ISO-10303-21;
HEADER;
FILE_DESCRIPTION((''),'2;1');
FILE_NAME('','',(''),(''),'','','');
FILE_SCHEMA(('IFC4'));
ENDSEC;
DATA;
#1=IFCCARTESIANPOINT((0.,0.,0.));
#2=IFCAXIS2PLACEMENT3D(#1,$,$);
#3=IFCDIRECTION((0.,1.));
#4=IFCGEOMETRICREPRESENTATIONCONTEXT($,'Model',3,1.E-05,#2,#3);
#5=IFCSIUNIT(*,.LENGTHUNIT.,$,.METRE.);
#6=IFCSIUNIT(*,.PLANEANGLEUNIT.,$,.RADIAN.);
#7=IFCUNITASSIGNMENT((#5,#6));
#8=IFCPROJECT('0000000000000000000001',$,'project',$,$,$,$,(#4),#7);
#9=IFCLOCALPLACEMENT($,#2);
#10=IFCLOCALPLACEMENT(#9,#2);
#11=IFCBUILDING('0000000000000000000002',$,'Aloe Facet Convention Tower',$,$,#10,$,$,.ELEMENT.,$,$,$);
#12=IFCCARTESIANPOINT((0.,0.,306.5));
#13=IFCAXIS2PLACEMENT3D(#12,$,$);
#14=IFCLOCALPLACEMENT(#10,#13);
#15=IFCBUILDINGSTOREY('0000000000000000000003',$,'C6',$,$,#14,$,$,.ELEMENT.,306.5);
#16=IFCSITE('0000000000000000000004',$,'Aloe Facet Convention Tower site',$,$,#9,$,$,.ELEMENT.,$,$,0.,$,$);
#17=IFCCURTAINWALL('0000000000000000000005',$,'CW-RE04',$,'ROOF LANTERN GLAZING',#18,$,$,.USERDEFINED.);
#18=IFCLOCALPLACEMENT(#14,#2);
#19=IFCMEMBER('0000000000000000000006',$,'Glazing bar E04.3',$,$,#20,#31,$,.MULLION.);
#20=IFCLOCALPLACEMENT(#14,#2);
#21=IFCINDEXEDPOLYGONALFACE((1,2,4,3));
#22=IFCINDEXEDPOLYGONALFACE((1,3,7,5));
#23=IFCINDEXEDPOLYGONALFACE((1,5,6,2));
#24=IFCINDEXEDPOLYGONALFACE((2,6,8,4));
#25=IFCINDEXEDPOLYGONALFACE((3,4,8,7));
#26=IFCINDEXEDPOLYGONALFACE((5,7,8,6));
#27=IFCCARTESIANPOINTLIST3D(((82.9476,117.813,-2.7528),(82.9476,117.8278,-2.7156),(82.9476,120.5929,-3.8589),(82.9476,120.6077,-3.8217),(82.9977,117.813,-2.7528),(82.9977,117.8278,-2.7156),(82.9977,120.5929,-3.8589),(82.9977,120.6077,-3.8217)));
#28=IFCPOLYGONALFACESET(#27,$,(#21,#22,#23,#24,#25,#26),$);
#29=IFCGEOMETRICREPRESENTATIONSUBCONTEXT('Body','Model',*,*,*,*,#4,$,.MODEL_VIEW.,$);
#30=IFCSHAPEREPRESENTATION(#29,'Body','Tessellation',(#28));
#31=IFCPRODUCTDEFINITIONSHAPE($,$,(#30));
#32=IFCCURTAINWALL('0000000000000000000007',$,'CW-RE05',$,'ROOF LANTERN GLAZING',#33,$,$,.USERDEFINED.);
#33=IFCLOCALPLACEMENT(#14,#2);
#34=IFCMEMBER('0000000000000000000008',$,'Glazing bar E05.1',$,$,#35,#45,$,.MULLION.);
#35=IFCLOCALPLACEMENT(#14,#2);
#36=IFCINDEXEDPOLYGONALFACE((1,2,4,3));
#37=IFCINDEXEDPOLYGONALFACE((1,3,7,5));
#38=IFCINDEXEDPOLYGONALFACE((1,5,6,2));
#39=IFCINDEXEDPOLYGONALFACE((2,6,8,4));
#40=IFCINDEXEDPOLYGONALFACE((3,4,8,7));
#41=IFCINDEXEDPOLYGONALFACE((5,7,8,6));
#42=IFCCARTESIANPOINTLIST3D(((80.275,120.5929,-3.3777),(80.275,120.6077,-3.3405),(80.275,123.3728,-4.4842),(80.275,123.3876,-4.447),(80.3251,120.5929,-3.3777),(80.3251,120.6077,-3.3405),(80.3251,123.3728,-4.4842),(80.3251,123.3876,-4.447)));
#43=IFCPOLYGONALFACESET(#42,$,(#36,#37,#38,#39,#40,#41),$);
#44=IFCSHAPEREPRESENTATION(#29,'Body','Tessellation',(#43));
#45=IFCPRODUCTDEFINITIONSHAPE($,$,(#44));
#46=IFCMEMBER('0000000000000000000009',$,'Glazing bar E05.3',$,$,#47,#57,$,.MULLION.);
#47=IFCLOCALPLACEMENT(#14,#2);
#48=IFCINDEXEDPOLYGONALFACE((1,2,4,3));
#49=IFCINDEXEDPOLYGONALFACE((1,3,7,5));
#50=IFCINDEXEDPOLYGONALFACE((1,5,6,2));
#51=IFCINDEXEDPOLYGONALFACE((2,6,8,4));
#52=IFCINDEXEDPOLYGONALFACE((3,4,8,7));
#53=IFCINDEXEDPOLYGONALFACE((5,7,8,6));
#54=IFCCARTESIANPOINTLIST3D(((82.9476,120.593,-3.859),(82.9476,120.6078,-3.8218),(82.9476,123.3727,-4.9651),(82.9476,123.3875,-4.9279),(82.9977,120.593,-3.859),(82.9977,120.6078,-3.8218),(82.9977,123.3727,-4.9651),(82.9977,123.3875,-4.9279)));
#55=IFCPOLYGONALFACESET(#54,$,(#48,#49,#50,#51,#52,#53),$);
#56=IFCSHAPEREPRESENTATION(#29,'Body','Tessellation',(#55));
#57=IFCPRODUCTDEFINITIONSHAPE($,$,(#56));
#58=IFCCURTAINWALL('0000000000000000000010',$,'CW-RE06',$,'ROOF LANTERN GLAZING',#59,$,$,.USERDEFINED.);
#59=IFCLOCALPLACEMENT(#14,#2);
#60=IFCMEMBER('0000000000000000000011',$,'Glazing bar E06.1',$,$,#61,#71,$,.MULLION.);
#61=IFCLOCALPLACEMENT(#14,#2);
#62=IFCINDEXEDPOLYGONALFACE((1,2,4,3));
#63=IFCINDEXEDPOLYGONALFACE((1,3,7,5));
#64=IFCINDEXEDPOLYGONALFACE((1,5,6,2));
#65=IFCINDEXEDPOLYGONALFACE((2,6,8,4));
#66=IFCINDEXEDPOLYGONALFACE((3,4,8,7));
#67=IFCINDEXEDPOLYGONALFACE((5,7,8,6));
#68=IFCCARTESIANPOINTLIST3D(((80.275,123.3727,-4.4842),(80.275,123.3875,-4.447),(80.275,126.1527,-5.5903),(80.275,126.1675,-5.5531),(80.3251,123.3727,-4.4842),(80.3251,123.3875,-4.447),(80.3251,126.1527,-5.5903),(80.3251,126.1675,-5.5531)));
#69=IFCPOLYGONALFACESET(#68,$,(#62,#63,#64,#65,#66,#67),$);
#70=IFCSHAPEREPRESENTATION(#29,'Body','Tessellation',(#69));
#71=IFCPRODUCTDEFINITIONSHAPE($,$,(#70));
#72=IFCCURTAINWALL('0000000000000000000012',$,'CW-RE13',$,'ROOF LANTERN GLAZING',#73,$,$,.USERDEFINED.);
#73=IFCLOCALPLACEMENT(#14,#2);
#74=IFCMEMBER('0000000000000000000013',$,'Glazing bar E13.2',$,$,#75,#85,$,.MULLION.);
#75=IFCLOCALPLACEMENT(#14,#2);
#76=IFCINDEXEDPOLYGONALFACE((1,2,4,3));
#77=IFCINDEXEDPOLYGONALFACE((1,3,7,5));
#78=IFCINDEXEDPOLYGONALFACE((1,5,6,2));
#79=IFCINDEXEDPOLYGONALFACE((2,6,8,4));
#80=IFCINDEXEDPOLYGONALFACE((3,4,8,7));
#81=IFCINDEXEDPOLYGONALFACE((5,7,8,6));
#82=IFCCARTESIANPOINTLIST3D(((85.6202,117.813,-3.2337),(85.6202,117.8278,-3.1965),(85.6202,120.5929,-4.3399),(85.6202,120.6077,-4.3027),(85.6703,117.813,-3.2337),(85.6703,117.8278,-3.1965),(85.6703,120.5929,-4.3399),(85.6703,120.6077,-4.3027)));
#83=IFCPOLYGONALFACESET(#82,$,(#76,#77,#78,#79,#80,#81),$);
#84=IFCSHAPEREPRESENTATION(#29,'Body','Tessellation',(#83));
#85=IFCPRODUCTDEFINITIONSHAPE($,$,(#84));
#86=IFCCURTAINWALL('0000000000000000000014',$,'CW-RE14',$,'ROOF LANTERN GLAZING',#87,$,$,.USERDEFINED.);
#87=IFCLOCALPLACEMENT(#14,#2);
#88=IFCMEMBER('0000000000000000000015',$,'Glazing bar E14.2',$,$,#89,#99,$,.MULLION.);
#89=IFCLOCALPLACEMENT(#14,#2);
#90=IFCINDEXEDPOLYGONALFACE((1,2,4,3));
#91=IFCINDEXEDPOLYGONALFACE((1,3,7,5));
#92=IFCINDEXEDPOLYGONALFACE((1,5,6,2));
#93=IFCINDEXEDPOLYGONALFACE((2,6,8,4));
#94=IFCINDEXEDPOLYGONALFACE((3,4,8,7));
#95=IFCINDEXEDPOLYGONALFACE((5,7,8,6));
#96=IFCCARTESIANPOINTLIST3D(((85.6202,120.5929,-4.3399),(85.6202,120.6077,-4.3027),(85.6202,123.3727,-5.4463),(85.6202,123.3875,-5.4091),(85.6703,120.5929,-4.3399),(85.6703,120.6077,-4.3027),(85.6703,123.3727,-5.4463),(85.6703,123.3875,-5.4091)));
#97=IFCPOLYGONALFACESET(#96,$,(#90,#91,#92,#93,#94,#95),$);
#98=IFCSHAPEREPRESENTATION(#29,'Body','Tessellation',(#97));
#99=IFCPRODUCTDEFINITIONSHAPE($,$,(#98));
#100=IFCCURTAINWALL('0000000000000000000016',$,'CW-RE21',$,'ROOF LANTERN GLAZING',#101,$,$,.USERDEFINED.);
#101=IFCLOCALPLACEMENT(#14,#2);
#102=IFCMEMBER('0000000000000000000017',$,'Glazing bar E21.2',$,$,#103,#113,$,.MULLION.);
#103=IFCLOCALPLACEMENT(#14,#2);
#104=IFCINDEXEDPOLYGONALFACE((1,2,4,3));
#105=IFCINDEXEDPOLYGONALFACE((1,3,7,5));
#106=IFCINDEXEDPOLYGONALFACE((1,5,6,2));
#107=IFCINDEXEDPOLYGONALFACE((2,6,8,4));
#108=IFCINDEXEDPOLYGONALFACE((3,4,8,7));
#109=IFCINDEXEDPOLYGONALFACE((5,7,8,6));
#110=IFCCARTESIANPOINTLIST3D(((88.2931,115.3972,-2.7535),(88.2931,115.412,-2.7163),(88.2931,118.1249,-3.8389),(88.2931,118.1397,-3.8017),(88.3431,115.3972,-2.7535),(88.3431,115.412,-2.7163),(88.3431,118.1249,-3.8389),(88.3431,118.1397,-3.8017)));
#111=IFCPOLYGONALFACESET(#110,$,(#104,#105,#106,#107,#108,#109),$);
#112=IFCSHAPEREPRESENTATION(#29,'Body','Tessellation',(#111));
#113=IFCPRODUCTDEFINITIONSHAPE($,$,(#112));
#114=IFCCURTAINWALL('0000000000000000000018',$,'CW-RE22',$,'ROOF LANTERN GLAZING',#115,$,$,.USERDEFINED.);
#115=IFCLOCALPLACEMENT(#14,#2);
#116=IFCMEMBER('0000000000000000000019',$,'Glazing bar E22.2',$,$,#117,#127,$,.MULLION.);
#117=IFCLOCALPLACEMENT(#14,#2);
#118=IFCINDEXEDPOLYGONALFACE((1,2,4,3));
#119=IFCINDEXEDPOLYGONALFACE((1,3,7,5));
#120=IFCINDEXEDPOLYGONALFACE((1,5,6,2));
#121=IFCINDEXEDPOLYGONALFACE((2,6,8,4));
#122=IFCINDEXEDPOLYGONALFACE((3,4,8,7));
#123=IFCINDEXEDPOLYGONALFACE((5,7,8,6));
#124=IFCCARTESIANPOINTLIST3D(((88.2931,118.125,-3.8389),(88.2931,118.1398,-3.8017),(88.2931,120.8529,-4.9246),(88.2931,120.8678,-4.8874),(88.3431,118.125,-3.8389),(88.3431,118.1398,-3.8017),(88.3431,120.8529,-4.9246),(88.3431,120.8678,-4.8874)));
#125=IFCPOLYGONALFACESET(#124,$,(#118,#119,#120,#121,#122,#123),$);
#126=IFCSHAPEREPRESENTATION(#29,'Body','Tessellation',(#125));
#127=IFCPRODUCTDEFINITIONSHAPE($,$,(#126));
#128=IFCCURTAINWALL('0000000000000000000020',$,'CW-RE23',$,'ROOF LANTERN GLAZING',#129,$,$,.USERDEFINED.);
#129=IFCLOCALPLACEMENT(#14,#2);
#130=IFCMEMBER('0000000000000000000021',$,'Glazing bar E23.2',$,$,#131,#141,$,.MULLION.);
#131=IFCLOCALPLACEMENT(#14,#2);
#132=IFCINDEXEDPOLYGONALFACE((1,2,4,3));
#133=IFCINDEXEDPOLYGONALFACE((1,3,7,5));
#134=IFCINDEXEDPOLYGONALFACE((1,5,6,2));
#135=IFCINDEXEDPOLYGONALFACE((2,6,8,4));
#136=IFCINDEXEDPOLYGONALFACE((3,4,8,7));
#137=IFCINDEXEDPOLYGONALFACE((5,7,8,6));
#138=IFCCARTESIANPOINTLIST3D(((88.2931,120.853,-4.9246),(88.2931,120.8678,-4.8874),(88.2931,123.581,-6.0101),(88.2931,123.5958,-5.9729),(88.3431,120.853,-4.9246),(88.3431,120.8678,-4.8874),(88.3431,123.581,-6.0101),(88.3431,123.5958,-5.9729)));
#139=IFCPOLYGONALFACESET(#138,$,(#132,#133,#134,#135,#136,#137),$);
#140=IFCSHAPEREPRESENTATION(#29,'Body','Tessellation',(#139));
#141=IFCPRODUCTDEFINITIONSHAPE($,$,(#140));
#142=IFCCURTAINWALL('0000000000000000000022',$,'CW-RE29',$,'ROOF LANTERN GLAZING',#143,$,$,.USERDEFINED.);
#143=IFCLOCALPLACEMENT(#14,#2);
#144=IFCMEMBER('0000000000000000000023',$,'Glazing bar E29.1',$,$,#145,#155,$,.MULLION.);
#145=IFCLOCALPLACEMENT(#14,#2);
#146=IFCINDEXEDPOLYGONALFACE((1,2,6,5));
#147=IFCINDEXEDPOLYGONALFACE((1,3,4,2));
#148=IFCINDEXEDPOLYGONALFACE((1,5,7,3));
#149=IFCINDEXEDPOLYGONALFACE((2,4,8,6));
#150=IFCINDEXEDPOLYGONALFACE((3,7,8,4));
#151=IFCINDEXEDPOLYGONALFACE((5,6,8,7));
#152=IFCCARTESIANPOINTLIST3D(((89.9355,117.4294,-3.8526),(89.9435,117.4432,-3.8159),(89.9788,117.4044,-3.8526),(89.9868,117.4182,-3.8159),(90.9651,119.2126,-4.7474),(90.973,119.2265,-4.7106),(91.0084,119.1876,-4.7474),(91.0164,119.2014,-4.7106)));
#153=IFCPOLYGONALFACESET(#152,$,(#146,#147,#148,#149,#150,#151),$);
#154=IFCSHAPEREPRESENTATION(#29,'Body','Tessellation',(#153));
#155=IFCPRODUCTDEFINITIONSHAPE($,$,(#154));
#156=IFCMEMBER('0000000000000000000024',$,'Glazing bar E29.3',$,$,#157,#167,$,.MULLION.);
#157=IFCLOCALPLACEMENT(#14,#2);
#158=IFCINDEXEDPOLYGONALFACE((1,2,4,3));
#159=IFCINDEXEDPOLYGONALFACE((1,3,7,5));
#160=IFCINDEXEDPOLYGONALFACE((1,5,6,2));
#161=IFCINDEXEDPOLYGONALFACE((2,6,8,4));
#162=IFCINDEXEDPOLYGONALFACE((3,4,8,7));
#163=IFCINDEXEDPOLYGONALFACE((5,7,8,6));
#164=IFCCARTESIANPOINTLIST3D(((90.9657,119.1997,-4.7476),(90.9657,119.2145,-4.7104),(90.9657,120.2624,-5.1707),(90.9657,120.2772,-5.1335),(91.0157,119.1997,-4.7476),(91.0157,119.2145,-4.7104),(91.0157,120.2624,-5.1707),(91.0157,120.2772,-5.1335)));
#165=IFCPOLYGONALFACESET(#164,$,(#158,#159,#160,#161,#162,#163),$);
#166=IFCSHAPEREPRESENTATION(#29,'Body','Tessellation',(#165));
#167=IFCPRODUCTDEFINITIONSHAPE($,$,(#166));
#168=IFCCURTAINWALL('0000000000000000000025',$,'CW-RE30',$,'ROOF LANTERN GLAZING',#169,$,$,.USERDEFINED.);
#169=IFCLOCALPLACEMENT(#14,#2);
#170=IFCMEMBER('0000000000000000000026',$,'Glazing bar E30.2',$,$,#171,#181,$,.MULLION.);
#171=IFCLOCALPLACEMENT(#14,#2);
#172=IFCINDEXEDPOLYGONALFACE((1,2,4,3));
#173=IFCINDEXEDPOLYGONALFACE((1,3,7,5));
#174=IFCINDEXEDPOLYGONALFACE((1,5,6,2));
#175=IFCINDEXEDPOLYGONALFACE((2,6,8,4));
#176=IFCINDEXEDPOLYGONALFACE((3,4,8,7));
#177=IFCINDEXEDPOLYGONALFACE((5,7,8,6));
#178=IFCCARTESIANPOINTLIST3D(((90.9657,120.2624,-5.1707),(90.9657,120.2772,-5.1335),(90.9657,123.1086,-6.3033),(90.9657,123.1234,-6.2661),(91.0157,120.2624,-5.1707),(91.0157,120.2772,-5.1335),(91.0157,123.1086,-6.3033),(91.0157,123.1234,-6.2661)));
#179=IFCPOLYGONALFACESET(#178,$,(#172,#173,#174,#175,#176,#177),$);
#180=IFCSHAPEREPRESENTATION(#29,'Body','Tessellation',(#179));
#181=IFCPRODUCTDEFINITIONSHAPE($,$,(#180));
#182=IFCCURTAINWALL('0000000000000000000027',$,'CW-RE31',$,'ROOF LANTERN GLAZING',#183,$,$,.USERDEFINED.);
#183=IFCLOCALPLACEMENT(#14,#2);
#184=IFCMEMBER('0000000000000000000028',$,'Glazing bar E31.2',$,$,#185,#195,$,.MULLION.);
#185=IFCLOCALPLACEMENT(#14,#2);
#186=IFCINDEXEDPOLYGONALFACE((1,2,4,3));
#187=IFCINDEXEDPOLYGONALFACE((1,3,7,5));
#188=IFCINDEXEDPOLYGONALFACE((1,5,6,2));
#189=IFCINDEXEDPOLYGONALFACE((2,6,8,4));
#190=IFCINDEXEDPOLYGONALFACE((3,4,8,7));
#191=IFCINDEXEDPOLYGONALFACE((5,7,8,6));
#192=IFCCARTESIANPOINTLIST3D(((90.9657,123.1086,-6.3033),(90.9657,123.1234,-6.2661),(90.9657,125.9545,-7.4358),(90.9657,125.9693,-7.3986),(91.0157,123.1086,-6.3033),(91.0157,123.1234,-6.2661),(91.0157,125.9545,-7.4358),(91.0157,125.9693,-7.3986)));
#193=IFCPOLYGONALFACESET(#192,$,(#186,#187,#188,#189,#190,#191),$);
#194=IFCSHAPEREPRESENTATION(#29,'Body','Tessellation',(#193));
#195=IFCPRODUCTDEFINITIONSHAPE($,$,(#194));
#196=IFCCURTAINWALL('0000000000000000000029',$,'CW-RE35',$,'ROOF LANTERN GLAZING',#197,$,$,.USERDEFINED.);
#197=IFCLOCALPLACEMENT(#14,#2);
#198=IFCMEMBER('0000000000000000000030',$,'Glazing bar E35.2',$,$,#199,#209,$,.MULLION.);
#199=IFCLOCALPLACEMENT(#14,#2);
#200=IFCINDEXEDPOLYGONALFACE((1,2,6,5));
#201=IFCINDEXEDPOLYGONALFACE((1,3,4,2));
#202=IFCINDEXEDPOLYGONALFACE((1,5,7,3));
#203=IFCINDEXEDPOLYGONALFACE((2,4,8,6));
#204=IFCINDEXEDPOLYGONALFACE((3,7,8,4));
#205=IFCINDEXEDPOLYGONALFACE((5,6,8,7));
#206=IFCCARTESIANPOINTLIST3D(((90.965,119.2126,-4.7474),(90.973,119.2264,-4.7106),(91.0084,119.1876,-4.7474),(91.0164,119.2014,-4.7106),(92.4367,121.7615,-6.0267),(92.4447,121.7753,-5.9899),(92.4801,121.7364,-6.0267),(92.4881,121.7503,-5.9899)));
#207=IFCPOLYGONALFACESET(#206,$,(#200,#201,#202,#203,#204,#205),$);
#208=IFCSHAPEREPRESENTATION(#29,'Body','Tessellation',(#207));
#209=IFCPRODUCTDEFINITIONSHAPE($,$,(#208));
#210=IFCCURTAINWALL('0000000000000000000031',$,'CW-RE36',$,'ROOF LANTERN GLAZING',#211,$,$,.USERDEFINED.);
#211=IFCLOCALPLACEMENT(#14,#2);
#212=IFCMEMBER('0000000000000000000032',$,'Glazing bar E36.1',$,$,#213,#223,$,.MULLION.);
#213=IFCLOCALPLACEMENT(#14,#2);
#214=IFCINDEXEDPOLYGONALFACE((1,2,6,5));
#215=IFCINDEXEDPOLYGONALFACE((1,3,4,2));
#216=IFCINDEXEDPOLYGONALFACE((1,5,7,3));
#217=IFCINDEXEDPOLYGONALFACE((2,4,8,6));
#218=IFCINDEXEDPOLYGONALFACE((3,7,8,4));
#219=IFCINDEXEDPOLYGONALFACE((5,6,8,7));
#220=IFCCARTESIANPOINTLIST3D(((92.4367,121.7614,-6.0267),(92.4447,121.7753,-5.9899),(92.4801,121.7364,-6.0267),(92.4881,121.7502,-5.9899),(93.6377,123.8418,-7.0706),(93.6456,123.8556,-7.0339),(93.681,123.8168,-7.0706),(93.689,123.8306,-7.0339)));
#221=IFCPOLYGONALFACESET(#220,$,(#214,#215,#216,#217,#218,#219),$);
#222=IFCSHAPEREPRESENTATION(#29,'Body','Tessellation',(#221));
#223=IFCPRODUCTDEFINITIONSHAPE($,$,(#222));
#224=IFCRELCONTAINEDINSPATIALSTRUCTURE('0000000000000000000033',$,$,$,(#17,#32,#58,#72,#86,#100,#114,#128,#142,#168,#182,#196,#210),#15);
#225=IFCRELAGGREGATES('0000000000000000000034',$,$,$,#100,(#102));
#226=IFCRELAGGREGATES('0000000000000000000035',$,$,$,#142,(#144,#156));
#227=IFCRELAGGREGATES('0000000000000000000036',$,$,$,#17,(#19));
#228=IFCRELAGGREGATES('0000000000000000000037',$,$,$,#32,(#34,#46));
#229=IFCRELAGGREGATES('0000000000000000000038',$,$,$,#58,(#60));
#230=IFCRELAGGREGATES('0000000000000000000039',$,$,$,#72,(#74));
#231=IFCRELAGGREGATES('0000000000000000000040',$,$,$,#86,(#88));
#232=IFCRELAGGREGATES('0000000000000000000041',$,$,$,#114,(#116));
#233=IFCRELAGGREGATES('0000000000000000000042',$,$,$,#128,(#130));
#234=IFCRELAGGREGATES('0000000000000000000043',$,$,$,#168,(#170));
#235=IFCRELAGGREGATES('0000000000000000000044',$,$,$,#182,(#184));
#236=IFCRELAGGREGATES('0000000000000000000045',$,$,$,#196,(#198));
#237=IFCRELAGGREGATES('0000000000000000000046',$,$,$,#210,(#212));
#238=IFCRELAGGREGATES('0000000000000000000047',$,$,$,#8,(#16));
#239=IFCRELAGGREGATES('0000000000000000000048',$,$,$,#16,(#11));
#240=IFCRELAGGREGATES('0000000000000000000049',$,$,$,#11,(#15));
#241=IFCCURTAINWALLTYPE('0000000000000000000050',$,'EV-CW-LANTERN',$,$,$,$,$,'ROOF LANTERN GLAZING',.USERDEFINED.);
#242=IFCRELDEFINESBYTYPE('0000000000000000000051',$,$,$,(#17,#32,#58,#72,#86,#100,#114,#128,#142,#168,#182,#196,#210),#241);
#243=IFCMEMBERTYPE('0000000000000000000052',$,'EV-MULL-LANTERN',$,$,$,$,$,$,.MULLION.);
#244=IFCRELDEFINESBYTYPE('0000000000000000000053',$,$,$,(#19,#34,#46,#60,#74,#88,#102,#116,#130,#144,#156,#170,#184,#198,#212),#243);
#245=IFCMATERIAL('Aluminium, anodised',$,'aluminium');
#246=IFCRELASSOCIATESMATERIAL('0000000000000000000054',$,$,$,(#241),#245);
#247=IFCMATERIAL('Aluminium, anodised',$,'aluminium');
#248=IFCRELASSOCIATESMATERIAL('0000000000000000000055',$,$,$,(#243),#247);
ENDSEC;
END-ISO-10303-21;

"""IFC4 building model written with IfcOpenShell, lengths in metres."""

from ifc_helpers import new_model, si_unit, direction, frame, origin, origin_2d, place, context, subcontext, project, spatial, rectangle, extrude, material, material_profile, profile_set, type_object, element, aggregate, save


model = new_model("IFC4")

# Units and contexts
model_context = context("Model", 3, precision=1e-05, world=origin(), true_north=direction((0.0, 1.0)))
body_context = subcontext(model_context, "Body", "Model", "MODEL_VIEW")
ifc_project = project(units=[si_unit("LENGTHUNIT", "METRE"), si_unit("PLANEANGLEUNIT", "RADIAN")], contexts=[model_context])

# Site, building, storey
site_placement = place(None, origin())
site = spatial("IfcSite", under=ifc_project, at=site_placement, Name="Aloe Facet Convention Tower site", CompositionType="ELEMENT", RefElevation=0.0)
building_placement = place(site_placement, origin())
building = spatial("IfcBuilding", under=site, at=building_placement, Name="Aloe Facet Convention Tower", CompositionType="ELEMENT")
storey_placement = place(building_placement, frame((0.0, 0.0, 306.5)))
storey = spatial("IfcBuildingStorey", under=building, at=storey_placement, Name="C6", CompositionType="ELEMENT", Elevation=306.5)

# Curtain wall, member
ifc_material_1 = material(Name="Aluminium, anodised", Category="aluminium")
curtain_wall_type = type_object("IfcCurtainWallType", Name="EV-CW-LANTERN", ElementType="ROOF LANTERN GLAZING", PredefinedType="USERDEFINED", material=ifc_material_1)
curtain_wall_1_placement = place(storey_placement, origin())
curtain_wall_1 = element("IfcCurtainWall", 1, at=curtain_wall_1_placement, inside=storey, type_object=curtain_wall_type, Name="CW-RE04", ObjectType="ROOF LANTERN GLAZING", PredefinedType="USERDEFINED")
ifc_material_2 = material(Name="Aluminium, anodised", Category="aluminium")
ifc_material_profile_1 = material_profile(ifc_material_2, rectangle(XDim=0.05, YDim=0.04, at=origin_2d()), Name="AL 50x40")
ifc_profile_set_1 = profile_set([ifc_material_profile_1], Name="Aluminium, anodised")
member_type_1 = type_object("IfcMemberType", Name="EV-MULL-LANTERN", PredefinedType="MULLION", material=ifc_profile_set_1)
member_1_placement = place(storey_placement, frame((82.9727, 120.6003, -3.8403), z_axis=(0.0, -0.929145, 0.369716), x_axis=(1.0, 0.0, 0.0)))
member_1 = element("IfcMember", 2, at=member_1_placement, type_object=member_type_1, Name="Glazing bar E04.3", PredefinedType="MULLION", context=body_context, shape_type="SweptSolid", body=[
    extrude(rectangle(XDim=0.05, YDim=0.04, at=origin_2d()), origin(), (0.0, 0.0, 1.0), 2.9919),
])

# Curtain wall, members
curtain_wall_2_placement = place(storey_placement, origin())
curtain_wall_2 = element("IfcCurtainWall", 3, at=curtain_wall_2_placement, inside=storey, type_object=curtain_wall_type, Name="CW-RE05", ObjectType="ROOF LANTERN GLAZING", PredefinedType="USERDEFINED")
member_2_placement = place(storey_placement, frame((80.3, 120.6003, -3.3591), z_axis=(0.0, 0.929106, -0.369814), x_axis=(-1.0, 0.0, 0.0)))
member_2 = element("IfcMember", 4, at=member_2_placement, type_object=member_type_1, Name="Glazing bar E05.1", PredefinedType="MULLION", context=body_context, shape_type="SweptSolid", body=[
    extrude(rectangle(XDim=0.05, YDim=0.04, at=origin_2d()), origin(), (0.0, 0.0, 1.0), 2.9919),
])
member_3_placement = place(storey_placement, frame((82.9727, 123.3801, -4.9465), z_axis=(0.0, -0.929134, 0.369744), x_axis=(1.0, 0.0, 0.0)))
member_3 = element("IfcMember", 5, at=member_3_placement, type_object=member_type_1, Name="Glazing bar E05.3", PredefinedType="MULLION", context=body_context, shape_type="SweptSolid", body=[
    extrude(rectangle(XDim=0.05, YDim=0.04, at=origin_2d()), origin(), (0.0, 0.0, 1.0), 2.9917),
])

# Curtain walls, members
curtain_wall_3_placement = place(storey_placement, origin())
curtain_wall_3 = element("IfcCurtainWall", 6, at=curtain_wall_3_placement, inside=storey, type_object=curtain_wall_type, Name="CW-RE06", ObjectType="ROOF LANTERN GLAZING", PredefinedType="USERDEFINED")
member_4_placement = place(storey_placement, frame((80.3, 123.3801, -4.4656), z_axis=(0.0, 0.929145, -0.369716), x_axis=(-1.0, 0.0, 0.0)))
member_4 = element("IfcMember", 7, at=member_4_placement, type_object=member_type_1, Name="Glazing bar E06.1", PredefinedType="MULLION", context=body_context, shape_type="SweptSolid", body=[
    extrude(rectangle(XDim=0.05, YDim=0.04, at=origin_2d()), origin(), (0.0, 0.0, 1.0), 2.9919),
])
curtain_wall_4_placement = place(storey_placement, origin())
curtain_wall_4 = element("IfcCurtainWall", 8, at=curtain_wall_4_placement, inside=storey, type_object=curtain_wall_type, Name="CW-RE13", ObjectType="ROOF LANTERN GLAZING", PredefinedType="USERDEFINED")
member_5_placement = place(storey_placement, frame((85.6453, 120.6003, -4.3213), z_axis=(0.0, -0.929145, 0.369716), x_axis=(1.0, 0.0, 0.0)))
member_5 = element("IfcMember", 9, at=member_5_placement, type_object=member_type_1, Name="Glazing bar E13.2", PredefinedType="MULLION", context=body_context, shape_type="SweptSolid", body=[
    extrude(rectangle(XDim=0.05, YDim=0.04, at=origin_2d()), origin(), (0.0, 0.0, 1.0), 2.9919),
])
curtain_wall_5_placement = place(storey_placement, origin())
curtain_wall_5 = element("IfcCurtainWall", 10, at=curtain_wall_5_placement, inside=storey, type_object=curtain_wall_type, Name="CW-RE14", ObjectType="ROOF LANTERN GLAZING", PredefinedType="USERDEFINED")
member_6_placement = place(storey_placement, frame((85.6453, 123.3801, -5.4277), z_axis=(0.0, -0.929106, 0.369814), x_axis=(1.0, 0.0, 0.0)))
member_6 = element("IfcMember", 11, at=member_6_placement, type_object=member_type_1, Name="Glazing bar E14.2", PredefinedType="MULLION", context=body_context, shape_type="SweptSolid", body=[
    extrude(rectangle(XDim=0.05, YDim=0.04, at=origin_2d()), origin(), (0.0, 0.0, 1.0), 2.9919),
])
curtain_wall_6_placement = place(storey_placement, origin())
curtain_wall_6 = element("IfcCurtainWall", 12, at=curtain_wall_6_placement, inside=storey, type_object=curtain_wall_type, Name="CW-RE21", ObjectType="ROOF LANTERN GLAZING", PredefinedType="USERDEFINED")
member_7_placement = place(storey_placement, frame((88.3181, 118.1323, -3.8203), z_axis=(0.0, -0.92914, 0.369727), x_axis=(1.0, 0.0, 0.0)))
member_7 = element("IfcMember", 13, at=member_7_placement, type_object=member_type_1, Name="Glazing bar E21.2", PredefinedType="MULLION", context=body_context, shape_type="SweptSolid", body=[
    extrude(rectangle(XDim=0.05, YDim=0.04, at=origin_2d()), origin(), (0.0, 0.0, 1.0), 2.9358),
])
aggregate(curtain_wall_6, [member_7])
curtain_wall_7_placement = place(storey_placement, origin())
curtain_wall_7 = element("IfcCurtainWall", 14, at=curtain_wall_7_placement, inside=storey, type_object=curtain_wall_type, Name="CW-RE22", ObjectType="ROOF LANTERN GLAZING", PredefinedType="USERDEFINED")
member_8_placement = place(storey_placement, frame((88.3181, 120.8604, -4.906), z_axis=(0.0, -0.929123, 0.36977), x_axis=(1.0, 0.0, 0.0)))
member_8 = element("IfcMember", 15, at=member_8_placement, type_object=member_type_1, Name="Glazing bar E22.2", PredefinedType="MULLION", context=body_context, shape_type="SweptSolid", body=[
    extrude(rectangle(XDim=0.05, YDim=0.04, at=origin_2d()), origin(), (0.0, 0.0, 1.0), 2.936),
])
curtain_wall_8_placement = place(storey_placement, origin())
curtain_wall_8 = element("IfcCurtainWall", 16, at=curtain_wall_8_placement, inside=storey, type_object=curtain_wall_type, Name="CW-RE23", ObjectType="ROOF LANTERN GLAZING", PredefinedType="USERDEFINED")
member_9_placement = place(storey_placement, frame((88.3181, 123.5884, -5.9915), z_axis=(0.0, -0.929152, 0.369698), x_axis=(1.0, 0.0, 0.0)))
member_9 = element("IfcMember", 17, at=member_9_placement, type_object=member_type_1, Name="Glazing bar E23.2", PredefinedType="MULLION", context=body_context, shape_type="SweptSolid", body=[
    extrude(rectangle(XDim=0.05, YDim=0.04, at=origin_2d()), origin(), (0.0, 0.0, 1.0), 2.936),
])

# Curtain wall, members
curtain_wall_9_placement = place(storey_placement, origin())
curtain_wall_9 = element("IfcCurtainWall", 18, at=curtain_wall_9_placement, inside=storey, type_object=curtain_wall_type, Name="CW-RE29", ObjectType="ROOF LANTERN GLAZING", PredefinedType="USERDEFINED")
member_10_placement = place(storey_placement, frame((90.9907, 119.207, -4.729), z_axis=(-0.458576, -0.794271, 0.398549), x_axis=(0.866024, -0.500003, 0.0)))
member_10 = element("IfcMember", 19, at=member_10_placement, type_object=member_type_1, Name="Glazing bar E29.1", PredefinedType="MULLION", context=body_context, shape_type="SweptSolid", body=[
    extrude(rectangle(XDim=0.05, YDim=0.04, at=origin_2d()), origin(), (0.0, 0.0, 1.0), 2.2451),
])
member_11_placement = place(storey_placement, frame((90.9907, 120.2698, -5.1521), z_axis=(0.0, -0.929079, 0.369881), x_axis=(1.0, 0.0, 0.0)))
member_11 = element("IfcMember", 20, at=member_11_placement, type_object=member_type_1, Name="Glazing bar E29.3", PredefinedType="MULLION", context=body_context, shape_type="SweptSolid", body=[
    extrude(rectangle(XDim=0.05, YDim=0.04, at=origin_2d()), origin(), (0.0, 0.0, 1.0), 1.1438),
])

# Curtain walls, members
curtain_wall_10_placement = place(storey_placement, origin())
curtain_wall_10 = element("IfcCurtainWall", 21, at=curtain_wall_10_placement, inside=storey, type_object=curtain_wall_type, Name="CW-RE30", ObjectType="ROOF LANTERN GLAZING", PredefinedType="USERDEFINED")
member_12_placement = place(storey_placement, frame((90.9907, 123.116, -6.2847), z_axis=(0.0, -0.92914, 0.369727), x_axis=(1.0, 0.0, 0.0)))
member_12 = element("IfcMember", 22, at=member_12_placement, type_object=member_type_1, Name="Glazing bar E30.2", PredefinedType="MULLION", context=body_context, shape_type="SweptSolid", body=[
    extrude(rectangle(XDim=0.05, YDim=0.04, at=origin_2d()), origin(), (0.0, 0.0, 1.0), 3.0632),
])
curtain_wall_11_placement = place(storey_placement, origin())
curtain_wall_11 = element("IfcCurtainWall", 23, at=curtain_wall_11_placement, inside=storey, type_object=curtain_wall_type, Name="CW-RE31", ObjectType="ROOF LANTERN GLAZING", PredefinedType="USERDEFINED")
member_13_placement = place(storey_placement, frame((90.9907, 125.9619, -7.4172), z_axis=(0.0, -0.929129, 0.369755), x_axis=(1.0, 0.0, 0.0)))
member_13 = element("IfcMember", 24, at=member_13_placement, type_object=member_type_1, Name="Glazing bar E31.2", PredefinedType="MULLION", context=body_context, shape_type="SweptSolid", body=[
    extrude(rectangle(XDim=0.05, YDim=0.04, at=origin_2d()), origin(), (0.0, 0.0, 1.0), 3.063),
])
curtain_wall_12_placement = place(storey_placement, origin())
curtain_wall_12 = element("IfcCurtainWall", 25, at=curtain_wall_12_placement, inside=storey, type_object=curtain_wall_type, Name="CW-RE35", ObjectType="ROOF LANTERN GLAZING", PredefinedType="USERDEFINED")
member_14_placement = place(storey_placement, frame((92.4624, 121.7559, -6.0083), z_axis=(-0.458581, -0.794225, 0.398634), x_axis=(0.866009, -0.500029, 0.0)))
member_14 = element("IfcMember", 26, at=member_14_placement, type_object=member_type_1, Name="Glazing bar E35.2", PredefinedType="MULLION", context=body_context, shape_type="SweptSolid", body=[
    extrude(rectangle(XDim=0.05, YDim=0.04, at=origin_2d()), origin(), (0.0, 0.0, 1.0), 3.2092),
])

# Curtain wall, member
curtain_wall_13_placement = place(storey_placement, origin())
curtain_wall_13 = element("IfcCurtainWall", 27, at=curtain_wall_13_placement, inside=storey, type_object=curtain_wall_type, Name="CW-RE36", ObjectType="ROOF LANTERN GLAZING", PredefinedType="USERDEFINED")
member_15_placement = place(storey_placement, frame((93.6633, 123.8362, -7.0522), z_axis=(-0.458523, -0.794283, 0.398586), x_axis=(0.866052, -0.499954, 0.0)))
member_15 = element("IfcMember", 28, at=member_15_placement, type_object=member_type_1, Name="Glazing bar E36.1", PredefinedType="MULLION", context=body_context, shape_type="SweptSolid", body=[
    extrude(rectangle(XDim=0.05, YDim=0.04, at=origin_2d()), origin(), (0.0, 0.0, 1.0), 2.6191),
])

aggregate(curtain_wall_9, [member_10, member_11])

aggregate(curtain_wall_1, [member_1])
aggregate(curtain_wall_2, [member_2, member_3])
aggregate(curtain_wall_3, [member_4])
aggregate(curtain_wall_4, [member_5])
aggregate(curtain_wall_5, [member_6])

aggregate(curtain_wall_7, [member_8])
aggregate(curtain_wall_8, [member_9])
aggregate(curtain_wall_10, [member_12])
aggregate(curtain_wall_11, [member_13])
aggregate(curtain_wall_12, [member_14])
aggregate(curtain_wall_13, [member_15])

save(model, "model.ifc")
